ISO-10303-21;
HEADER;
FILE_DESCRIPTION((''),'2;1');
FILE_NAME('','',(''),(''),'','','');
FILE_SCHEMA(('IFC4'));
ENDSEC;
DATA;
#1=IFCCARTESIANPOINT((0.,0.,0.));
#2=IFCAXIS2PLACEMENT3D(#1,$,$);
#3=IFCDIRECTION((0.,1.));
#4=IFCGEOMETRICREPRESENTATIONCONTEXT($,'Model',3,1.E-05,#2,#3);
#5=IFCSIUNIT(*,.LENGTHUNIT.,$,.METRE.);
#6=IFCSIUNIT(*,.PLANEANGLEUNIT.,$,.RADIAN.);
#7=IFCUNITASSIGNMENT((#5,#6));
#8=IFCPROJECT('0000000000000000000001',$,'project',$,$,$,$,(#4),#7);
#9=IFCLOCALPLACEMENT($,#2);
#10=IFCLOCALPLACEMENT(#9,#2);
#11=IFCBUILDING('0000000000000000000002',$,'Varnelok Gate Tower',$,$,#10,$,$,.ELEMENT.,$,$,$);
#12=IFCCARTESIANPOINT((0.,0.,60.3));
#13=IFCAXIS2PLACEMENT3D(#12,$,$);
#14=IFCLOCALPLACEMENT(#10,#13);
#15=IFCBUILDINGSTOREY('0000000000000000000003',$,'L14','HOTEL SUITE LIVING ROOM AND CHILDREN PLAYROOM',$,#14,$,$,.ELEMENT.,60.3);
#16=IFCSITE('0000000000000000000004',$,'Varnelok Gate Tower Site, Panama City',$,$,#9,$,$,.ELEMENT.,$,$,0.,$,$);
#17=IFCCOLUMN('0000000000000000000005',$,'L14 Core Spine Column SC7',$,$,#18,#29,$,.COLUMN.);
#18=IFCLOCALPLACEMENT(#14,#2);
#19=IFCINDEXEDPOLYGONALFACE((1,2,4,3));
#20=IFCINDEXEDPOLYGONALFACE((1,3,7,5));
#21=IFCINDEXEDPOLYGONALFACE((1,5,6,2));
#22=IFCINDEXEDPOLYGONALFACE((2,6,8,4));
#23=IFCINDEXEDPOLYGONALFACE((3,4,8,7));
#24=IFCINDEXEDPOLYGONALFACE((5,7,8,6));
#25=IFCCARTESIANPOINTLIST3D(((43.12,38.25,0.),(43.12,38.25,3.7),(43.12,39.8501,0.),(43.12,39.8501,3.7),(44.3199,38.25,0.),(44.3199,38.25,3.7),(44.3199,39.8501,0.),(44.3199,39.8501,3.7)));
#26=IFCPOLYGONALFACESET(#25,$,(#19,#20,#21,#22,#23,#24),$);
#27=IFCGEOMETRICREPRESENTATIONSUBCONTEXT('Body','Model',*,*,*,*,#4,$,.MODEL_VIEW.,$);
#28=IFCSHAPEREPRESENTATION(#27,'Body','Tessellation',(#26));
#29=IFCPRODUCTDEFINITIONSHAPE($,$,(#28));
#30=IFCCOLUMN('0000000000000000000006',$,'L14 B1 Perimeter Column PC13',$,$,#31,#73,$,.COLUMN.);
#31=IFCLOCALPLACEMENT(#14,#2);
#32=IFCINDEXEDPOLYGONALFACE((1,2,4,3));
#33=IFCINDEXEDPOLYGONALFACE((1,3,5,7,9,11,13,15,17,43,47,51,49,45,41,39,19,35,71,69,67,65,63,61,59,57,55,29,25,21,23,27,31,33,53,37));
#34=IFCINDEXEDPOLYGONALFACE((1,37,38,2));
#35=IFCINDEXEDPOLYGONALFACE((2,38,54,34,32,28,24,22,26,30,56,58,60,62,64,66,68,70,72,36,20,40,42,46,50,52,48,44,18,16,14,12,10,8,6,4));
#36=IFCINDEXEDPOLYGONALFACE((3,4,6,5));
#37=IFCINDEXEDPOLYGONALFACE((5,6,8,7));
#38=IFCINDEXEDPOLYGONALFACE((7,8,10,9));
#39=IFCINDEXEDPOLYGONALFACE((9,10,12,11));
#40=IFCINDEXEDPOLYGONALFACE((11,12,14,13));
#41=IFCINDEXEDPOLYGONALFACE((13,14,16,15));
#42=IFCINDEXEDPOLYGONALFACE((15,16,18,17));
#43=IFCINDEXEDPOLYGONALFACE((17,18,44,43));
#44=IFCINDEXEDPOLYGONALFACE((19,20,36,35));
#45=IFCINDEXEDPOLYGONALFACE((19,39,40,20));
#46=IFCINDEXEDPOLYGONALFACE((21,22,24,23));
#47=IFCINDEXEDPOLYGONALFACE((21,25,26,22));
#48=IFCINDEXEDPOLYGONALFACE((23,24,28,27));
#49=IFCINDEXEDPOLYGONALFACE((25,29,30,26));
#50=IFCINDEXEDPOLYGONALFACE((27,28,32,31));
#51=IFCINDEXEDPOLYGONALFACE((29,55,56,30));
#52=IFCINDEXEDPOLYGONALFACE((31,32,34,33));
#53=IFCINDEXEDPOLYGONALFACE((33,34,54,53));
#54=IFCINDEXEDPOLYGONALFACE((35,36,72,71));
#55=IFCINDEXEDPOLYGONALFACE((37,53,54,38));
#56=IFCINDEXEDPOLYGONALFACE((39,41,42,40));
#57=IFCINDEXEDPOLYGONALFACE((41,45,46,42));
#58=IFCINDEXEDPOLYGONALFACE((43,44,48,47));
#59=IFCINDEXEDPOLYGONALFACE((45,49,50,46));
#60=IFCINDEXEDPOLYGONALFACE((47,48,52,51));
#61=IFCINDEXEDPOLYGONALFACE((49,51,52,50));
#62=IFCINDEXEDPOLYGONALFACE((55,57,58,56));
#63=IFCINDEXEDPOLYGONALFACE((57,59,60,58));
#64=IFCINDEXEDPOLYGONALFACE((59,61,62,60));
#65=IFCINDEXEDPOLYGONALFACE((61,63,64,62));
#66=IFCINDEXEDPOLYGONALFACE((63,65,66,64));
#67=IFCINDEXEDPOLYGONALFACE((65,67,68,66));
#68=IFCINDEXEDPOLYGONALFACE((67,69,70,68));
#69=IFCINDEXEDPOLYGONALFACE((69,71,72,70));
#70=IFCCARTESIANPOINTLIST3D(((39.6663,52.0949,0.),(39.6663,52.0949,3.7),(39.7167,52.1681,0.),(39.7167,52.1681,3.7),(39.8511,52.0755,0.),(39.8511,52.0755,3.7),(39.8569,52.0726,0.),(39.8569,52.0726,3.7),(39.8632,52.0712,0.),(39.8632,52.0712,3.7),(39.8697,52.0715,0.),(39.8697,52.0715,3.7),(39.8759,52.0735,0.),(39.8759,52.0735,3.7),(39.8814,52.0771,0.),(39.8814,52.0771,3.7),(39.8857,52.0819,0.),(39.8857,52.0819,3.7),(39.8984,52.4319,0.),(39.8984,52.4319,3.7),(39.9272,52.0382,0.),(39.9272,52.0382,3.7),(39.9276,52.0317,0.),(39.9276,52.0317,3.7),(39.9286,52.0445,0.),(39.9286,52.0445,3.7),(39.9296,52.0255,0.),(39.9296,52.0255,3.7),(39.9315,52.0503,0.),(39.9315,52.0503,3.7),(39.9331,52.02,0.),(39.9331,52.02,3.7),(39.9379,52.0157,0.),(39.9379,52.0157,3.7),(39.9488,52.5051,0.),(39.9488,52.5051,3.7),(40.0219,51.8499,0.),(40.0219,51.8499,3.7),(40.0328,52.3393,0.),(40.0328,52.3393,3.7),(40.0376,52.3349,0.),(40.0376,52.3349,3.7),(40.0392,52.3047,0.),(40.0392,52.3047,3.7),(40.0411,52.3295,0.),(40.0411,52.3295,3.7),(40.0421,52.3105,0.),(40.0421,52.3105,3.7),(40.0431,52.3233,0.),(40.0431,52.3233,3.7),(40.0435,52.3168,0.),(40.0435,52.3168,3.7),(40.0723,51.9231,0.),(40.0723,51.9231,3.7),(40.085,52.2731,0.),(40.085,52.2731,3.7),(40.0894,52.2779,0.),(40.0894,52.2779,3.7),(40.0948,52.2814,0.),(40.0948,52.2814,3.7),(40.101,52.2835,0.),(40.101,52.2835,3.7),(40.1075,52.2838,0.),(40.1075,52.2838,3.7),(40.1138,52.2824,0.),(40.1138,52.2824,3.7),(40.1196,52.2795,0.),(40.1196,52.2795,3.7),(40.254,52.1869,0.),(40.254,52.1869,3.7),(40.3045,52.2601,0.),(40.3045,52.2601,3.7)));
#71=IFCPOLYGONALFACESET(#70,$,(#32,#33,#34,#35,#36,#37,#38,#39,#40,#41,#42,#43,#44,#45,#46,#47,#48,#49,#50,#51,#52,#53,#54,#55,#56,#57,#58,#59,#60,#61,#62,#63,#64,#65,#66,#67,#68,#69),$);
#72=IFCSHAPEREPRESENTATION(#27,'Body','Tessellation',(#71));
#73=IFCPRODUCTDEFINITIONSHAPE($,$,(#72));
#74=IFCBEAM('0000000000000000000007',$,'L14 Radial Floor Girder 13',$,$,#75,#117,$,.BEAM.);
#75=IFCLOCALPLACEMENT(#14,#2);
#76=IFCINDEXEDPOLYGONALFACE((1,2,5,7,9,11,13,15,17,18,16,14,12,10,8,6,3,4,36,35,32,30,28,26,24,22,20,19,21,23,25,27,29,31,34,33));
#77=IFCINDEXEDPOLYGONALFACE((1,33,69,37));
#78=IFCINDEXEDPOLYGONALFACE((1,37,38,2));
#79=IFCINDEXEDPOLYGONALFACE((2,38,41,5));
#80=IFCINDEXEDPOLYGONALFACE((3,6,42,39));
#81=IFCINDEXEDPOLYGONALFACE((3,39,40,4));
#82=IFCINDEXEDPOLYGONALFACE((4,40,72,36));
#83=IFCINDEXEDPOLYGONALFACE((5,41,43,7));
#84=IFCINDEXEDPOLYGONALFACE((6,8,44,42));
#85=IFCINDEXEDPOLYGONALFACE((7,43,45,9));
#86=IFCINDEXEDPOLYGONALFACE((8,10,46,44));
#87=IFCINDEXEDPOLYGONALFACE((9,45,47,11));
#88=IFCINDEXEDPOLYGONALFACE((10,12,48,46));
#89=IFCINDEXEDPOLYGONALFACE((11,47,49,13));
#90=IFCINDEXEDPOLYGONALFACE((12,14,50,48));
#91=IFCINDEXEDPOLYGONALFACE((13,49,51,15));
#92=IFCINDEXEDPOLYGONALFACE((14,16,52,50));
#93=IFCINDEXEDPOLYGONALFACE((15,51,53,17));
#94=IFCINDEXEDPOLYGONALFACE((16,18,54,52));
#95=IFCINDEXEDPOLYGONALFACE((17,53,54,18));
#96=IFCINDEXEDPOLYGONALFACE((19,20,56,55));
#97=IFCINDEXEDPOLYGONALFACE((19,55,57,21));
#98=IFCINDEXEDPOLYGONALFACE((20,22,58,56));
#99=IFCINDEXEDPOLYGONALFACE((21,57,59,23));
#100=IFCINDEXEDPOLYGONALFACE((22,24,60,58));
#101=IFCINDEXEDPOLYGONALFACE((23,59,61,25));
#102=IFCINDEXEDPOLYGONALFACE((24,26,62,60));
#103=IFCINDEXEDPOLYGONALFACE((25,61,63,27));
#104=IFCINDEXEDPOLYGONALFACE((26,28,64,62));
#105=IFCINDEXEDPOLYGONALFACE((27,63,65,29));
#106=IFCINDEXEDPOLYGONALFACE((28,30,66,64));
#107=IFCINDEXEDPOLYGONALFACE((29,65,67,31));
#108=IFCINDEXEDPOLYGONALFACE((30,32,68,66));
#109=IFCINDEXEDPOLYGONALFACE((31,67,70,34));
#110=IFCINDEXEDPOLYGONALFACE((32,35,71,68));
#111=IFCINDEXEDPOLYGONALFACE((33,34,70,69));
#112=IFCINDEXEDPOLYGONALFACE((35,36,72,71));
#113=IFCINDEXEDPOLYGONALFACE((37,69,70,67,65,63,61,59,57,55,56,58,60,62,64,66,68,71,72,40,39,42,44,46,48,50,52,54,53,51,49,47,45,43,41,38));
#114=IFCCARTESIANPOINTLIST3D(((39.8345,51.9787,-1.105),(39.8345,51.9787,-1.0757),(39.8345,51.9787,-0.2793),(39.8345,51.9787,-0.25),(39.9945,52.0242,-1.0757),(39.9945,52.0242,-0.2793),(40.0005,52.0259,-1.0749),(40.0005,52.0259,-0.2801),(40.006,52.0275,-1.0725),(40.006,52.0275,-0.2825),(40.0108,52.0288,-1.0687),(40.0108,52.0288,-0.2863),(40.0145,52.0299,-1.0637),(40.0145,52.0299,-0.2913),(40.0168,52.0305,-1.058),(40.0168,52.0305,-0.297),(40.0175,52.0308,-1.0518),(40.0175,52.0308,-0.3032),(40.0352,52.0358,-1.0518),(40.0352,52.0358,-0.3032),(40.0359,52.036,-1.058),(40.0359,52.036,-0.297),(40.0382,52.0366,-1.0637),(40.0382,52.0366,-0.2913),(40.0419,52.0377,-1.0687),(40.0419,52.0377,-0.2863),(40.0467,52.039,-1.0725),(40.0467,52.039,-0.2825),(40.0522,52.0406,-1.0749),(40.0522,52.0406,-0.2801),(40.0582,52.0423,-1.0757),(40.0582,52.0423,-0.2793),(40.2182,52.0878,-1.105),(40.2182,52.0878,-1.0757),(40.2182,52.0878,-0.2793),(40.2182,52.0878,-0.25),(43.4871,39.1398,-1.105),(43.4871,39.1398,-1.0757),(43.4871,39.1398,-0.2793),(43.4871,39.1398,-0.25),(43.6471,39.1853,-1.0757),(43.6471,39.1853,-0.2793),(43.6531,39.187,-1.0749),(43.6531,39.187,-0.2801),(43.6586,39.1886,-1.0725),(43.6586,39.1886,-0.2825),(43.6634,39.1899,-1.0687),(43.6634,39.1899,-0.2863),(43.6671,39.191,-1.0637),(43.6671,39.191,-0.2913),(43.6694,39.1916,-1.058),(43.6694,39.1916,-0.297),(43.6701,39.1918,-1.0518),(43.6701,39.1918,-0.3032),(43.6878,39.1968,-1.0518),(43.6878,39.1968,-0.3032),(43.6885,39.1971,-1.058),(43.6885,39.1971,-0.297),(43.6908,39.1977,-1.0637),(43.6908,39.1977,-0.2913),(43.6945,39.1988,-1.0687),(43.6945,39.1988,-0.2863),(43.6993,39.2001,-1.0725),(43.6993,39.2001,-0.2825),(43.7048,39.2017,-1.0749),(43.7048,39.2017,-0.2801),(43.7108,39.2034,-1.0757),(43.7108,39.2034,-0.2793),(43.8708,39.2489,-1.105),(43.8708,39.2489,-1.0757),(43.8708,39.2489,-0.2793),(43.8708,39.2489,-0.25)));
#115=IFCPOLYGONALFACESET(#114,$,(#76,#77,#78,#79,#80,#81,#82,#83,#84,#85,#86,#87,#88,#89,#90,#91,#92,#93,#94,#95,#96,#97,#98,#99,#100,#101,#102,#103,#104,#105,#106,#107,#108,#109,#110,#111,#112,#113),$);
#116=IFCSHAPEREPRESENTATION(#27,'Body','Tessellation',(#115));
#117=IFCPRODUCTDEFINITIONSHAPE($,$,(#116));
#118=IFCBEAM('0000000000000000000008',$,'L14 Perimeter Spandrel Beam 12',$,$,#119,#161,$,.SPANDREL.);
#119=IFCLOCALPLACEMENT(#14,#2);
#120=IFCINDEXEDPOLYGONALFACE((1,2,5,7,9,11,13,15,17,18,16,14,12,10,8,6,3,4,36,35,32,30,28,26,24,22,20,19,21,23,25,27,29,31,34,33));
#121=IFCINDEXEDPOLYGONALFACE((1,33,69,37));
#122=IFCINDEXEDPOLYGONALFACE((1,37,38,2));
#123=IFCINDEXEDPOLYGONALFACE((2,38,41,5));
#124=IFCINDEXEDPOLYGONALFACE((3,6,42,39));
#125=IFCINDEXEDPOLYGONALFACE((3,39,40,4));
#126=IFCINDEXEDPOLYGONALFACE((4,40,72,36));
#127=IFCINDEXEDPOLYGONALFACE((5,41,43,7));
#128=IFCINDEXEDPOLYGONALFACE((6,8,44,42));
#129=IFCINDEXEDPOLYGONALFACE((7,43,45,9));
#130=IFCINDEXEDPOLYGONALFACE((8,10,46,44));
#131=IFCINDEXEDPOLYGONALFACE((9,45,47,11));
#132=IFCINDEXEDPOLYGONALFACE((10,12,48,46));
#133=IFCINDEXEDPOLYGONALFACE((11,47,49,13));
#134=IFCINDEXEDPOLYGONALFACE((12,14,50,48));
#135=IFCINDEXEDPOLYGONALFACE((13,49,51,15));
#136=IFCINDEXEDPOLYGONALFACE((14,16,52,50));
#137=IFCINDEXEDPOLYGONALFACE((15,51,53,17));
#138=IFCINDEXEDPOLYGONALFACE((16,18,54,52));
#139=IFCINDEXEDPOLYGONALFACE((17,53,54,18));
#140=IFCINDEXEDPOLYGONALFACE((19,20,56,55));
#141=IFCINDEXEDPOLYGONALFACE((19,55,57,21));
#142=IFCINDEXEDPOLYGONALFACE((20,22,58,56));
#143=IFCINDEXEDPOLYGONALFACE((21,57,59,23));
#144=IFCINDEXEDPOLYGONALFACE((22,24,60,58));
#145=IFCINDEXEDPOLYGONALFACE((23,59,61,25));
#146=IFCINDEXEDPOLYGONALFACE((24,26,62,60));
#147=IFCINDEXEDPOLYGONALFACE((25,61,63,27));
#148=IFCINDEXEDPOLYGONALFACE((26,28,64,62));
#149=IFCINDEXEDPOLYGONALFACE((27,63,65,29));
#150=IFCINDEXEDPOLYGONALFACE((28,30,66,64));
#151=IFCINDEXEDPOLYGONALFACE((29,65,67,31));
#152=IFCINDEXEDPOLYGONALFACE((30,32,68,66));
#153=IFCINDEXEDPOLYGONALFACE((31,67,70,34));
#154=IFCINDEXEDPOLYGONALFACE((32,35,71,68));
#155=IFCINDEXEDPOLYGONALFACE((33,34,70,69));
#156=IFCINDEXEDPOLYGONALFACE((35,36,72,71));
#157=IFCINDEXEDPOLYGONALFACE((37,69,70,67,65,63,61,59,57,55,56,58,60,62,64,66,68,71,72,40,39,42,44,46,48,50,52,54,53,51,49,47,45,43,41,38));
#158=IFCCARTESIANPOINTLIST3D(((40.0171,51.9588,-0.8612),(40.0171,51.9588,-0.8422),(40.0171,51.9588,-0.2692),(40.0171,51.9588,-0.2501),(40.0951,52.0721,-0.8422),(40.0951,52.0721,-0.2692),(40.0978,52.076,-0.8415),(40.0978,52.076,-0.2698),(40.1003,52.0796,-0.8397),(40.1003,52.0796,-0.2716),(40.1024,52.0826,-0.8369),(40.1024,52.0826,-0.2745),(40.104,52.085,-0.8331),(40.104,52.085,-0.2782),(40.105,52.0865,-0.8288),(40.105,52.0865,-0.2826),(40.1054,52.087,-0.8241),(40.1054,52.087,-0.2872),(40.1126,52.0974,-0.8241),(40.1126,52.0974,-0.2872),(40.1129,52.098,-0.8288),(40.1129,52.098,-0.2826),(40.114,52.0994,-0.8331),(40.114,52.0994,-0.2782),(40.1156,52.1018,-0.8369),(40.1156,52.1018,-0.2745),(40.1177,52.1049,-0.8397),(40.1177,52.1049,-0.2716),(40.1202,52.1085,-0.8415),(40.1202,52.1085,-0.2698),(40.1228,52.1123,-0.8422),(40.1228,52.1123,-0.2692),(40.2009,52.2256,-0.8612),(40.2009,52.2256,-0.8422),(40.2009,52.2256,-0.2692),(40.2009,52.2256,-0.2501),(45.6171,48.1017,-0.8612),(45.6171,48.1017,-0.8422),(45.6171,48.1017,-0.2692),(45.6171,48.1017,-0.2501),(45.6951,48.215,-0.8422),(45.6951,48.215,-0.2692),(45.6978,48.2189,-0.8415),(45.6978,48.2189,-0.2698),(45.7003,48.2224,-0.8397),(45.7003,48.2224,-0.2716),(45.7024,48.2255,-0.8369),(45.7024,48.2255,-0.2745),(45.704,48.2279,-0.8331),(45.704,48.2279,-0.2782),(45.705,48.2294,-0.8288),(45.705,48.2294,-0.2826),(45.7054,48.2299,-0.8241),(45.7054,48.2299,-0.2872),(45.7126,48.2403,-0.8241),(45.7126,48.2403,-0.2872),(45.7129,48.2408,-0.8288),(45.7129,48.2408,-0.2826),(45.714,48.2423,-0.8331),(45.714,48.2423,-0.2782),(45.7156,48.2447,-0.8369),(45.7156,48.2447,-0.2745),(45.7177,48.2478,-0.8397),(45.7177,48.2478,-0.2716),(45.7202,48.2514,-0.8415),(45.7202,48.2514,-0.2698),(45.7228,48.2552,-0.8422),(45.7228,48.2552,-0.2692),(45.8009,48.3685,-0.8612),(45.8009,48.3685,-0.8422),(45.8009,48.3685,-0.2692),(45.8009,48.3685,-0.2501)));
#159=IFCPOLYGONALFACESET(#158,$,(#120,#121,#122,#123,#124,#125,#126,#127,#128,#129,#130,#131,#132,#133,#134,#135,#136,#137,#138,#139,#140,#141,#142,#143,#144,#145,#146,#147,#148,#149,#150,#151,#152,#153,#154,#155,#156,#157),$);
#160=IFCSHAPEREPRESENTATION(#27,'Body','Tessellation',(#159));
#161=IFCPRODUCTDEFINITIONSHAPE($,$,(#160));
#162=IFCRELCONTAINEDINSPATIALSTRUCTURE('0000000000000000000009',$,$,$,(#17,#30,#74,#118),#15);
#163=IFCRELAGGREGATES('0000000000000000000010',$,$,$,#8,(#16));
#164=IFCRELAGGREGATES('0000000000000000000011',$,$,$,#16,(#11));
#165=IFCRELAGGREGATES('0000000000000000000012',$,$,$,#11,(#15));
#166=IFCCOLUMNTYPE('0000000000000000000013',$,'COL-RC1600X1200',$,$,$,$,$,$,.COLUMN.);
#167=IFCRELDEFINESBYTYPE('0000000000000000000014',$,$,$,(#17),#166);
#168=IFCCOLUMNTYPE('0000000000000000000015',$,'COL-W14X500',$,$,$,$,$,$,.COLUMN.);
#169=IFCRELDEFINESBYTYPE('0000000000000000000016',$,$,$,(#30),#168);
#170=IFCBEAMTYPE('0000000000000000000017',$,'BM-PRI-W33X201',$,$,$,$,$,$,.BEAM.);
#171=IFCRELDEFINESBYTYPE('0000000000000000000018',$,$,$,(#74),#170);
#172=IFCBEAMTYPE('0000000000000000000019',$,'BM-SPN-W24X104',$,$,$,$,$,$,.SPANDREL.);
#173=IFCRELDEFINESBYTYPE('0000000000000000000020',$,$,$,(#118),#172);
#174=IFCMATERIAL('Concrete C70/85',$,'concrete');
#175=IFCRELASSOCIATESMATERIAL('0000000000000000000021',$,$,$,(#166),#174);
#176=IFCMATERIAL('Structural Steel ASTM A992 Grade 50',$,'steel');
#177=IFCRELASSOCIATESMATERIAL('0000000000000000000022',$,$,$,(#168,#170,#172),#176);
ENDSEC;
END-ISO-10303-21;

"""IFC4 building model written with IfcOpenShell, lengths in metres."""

from ifc_helpers import new_model, si_unit, direction, frame, origin, origin_2d, place, context, subcontext, project, spatial, rectangle, i_section, extrude, material, material_profile, profile_set, type_object, element, save


model = new_model("IFC4")

# Units and contexts
model_context = context("Model", 3, precision=1e-05, world=origin(), true_north=direction((0.0, 1.0)))
body_context = subcontext(model_context, "Body", "Model", "MODEL_VIEW")
ifc_project = project(units=[si_unit("LENGTHUNIT", "METRE"), si_unit("PLANEANGLEUNIT", "RADIAN")], contexts=[model_context])

# Site, building, storey
site_placement = place(None, origin())
site = spatial("IfcSite", under=ifc_project, at=site_placement, Name="Varnelok Gate Tower Site, Panama City", CompositionType="ELEMENT", RefElevation=0.0)
building_placement = place(site_placement, origin())
building = spatial("IfcBuilding", under=site, at=building_placement, Name="Varnelok Gate Tower", CompositionType="ELEMENT")
storey_placement = place(building_placement, frame((0.0, 0.0, 60.3)))
storey = spatial("IfcBuildingStorey", under=building, at=storey_placement, Name="L14", Description="HOTEL SUITE LIVING ROOM AND CHILDREN PLAYROOM", CompositionType="ELEMENT", Elevation=60.3)

# Columns
ifc_material_1 = material(Name="Concrete C70/85", Category="concrete")
ifc_material_profile_1 = material_profile(ifc_material_1, rectangle(XDim=1.2, YDim=1.6001, at=origin_2d()), Name="RC1600X1200")
ifc_profile_set_1 = profile_set([ifc_material_profile_1], Name="Concrete C70/85")
column_type_1 = type_object("IfcColumnType", Name="COL-RC1600X1200", PredefinedType="COLUMN", material=ifc_profile_set_1)
column_1_placement = place(storey_placement, frame((43.72, 39.05, 0.0), z_axis=(0.0, 0.0, 1.0), x_axis=(1.0, 0.0, 0.0)))
element("IfcColumn", 1, at=column_1_placement, inside=storey, type_object=column_type_1, Name="L14 Core Spine Column SC7", PredefinedType="COLUMN", context=body_context, shape_type="SweptSolid", body=[
    extrude(rectangle(XDim=1.2, YDim=1.6001, at=origin_2d()), origin(), (0.0, 0.0, 1.0), 3.7),
])
ifc_material_2 = material(Name="Structural Steel ASTM A992 Grade 50", Category="steel")
ifc_material_profile_2 = material_profile(ifc_material_2, i_section(OverallWidth=0.4319, OverallDepth=0.498, WebThickness=0.0557, FlangeThickness=0.0889, FilletRadius=0.0249, at=origin_2d()), Name="W14X500")
ifc_profile_set_2 = profile_set([ifc_material_profile_2], Name="Structural Steel ASTM A992 Grade 50")
column_type_2 = type_object("IfcColumnType", Name="COL-W14X500", PredefinedType="COLUMN", material=ifc_profile_set_2)
column_2_placement = place(storey_placement, frame((39.9854, 52.1775, 0.0), z_axis=(0.0, 0.0, 1.0), x_axis=(0.823533, -0.567269, 0.0)))
element("IfcColumn", 2, at=column_2_placement, inside=storey, type_object=column_type_2, Name="L14 B1 Perimeter Column PC13", PredefinedType="COLUMN", context=body_context, shape_type="SweptSolid", body=[
    extrude(i_section(OverallWidth=0.4319, OverallDepth=0.498, WebThickness=0.0557, FlangeThickness=0.0889, FilletRadius=0.0249, at=origin_2d()), origin(), (0.0, 0.0, 1.0), 3.7),
])

# Beams
ifc_material_profile_3 = material_profile(ifc_material_2, i_section(OverallWidth=0.3989, OverallDepth=0.855, WebThickness=0.0183, FlangeThickness=0.0293, FilletRadius=0.0239, at=origin_2d()), Name="W33X201")
ifc_profile_set_3 = profile_set([ifc_material_profile_3], Name="Structural Steel ASTM A992 Grade 50")
beam_type_1 = type_object("IfcBeamType", Name="BM-PRI-W33X201", PredefinedType="BEAM", material=ifc_profile_set_3)
beam_1_placement = place(storey_placement, frame((43.679, 39.1943, -0.6775), z_axis=(-0.273636, 0.961833, 0.0), x_axis=(-0.961833, -0.273636, 0.0)))
element("IfcBeam", 3, at=beam_1_placement, inside=storey, type_object=beam_type_1, Name="L14 Radial Floor Girder 13", PredefinedType="BEAM", context=body_context, shape_type="SweptSolid", body=[
    extrude(i_section(OverallWidth=0.3989, OverallDepth=0.855, WebThickness=0.0183, FlangeThickness=0.0293, FilletRadius=0.0239, at=origin_2d()), origin(), (0.0, 0.0, 1.0), 13.3484),
])
ifc_material_profile_4 = material_profile(ifc_material_2, i_section(OverallWidth=0.324, OverallDepth=0.6111, WebThickness=0.0127, FlangeThickness=0.019, FilletRadius=0.0181, at=origin_2d()), Name="W24X104")
ifc_profile_set_4 = profile_set([ifc_material_profile_4], Name="Structural Steel ASTM A992 Grade 50")
beam_type_2 = type_object("IfcBeamType", Name="BM-SPN-W24X104", PredefinedType="SPANDREL", material=ifc_profile_set_4)
beam_2_placement = place(storey_placement, frame((45.709, 48.2351, -0.5557), z_axis=(-0.823553, 0.567239, 0.0), x_axis=(-0.567239, -0.823553, 0.0)))
element("IfcBeam", 4, at=beam_2_placement, inside=storey, type_object=beam_type_2, Name="L14 Perimeter Spandrel Beam 12", PredefinedType="SPANDREL", context=body_context, shape_type="SweptSolid", body=[
    extrude(i_section(OverallWidth=0.324, OverallDepth=0.6111, WebThickness=0.0127, FlangeThickness=0.019, FilletRadius=0.0181, at=origin_2d()), origin(), (0.0, 0.0, 1.0), 6.7998),
])

save(model, "model.ifc")
